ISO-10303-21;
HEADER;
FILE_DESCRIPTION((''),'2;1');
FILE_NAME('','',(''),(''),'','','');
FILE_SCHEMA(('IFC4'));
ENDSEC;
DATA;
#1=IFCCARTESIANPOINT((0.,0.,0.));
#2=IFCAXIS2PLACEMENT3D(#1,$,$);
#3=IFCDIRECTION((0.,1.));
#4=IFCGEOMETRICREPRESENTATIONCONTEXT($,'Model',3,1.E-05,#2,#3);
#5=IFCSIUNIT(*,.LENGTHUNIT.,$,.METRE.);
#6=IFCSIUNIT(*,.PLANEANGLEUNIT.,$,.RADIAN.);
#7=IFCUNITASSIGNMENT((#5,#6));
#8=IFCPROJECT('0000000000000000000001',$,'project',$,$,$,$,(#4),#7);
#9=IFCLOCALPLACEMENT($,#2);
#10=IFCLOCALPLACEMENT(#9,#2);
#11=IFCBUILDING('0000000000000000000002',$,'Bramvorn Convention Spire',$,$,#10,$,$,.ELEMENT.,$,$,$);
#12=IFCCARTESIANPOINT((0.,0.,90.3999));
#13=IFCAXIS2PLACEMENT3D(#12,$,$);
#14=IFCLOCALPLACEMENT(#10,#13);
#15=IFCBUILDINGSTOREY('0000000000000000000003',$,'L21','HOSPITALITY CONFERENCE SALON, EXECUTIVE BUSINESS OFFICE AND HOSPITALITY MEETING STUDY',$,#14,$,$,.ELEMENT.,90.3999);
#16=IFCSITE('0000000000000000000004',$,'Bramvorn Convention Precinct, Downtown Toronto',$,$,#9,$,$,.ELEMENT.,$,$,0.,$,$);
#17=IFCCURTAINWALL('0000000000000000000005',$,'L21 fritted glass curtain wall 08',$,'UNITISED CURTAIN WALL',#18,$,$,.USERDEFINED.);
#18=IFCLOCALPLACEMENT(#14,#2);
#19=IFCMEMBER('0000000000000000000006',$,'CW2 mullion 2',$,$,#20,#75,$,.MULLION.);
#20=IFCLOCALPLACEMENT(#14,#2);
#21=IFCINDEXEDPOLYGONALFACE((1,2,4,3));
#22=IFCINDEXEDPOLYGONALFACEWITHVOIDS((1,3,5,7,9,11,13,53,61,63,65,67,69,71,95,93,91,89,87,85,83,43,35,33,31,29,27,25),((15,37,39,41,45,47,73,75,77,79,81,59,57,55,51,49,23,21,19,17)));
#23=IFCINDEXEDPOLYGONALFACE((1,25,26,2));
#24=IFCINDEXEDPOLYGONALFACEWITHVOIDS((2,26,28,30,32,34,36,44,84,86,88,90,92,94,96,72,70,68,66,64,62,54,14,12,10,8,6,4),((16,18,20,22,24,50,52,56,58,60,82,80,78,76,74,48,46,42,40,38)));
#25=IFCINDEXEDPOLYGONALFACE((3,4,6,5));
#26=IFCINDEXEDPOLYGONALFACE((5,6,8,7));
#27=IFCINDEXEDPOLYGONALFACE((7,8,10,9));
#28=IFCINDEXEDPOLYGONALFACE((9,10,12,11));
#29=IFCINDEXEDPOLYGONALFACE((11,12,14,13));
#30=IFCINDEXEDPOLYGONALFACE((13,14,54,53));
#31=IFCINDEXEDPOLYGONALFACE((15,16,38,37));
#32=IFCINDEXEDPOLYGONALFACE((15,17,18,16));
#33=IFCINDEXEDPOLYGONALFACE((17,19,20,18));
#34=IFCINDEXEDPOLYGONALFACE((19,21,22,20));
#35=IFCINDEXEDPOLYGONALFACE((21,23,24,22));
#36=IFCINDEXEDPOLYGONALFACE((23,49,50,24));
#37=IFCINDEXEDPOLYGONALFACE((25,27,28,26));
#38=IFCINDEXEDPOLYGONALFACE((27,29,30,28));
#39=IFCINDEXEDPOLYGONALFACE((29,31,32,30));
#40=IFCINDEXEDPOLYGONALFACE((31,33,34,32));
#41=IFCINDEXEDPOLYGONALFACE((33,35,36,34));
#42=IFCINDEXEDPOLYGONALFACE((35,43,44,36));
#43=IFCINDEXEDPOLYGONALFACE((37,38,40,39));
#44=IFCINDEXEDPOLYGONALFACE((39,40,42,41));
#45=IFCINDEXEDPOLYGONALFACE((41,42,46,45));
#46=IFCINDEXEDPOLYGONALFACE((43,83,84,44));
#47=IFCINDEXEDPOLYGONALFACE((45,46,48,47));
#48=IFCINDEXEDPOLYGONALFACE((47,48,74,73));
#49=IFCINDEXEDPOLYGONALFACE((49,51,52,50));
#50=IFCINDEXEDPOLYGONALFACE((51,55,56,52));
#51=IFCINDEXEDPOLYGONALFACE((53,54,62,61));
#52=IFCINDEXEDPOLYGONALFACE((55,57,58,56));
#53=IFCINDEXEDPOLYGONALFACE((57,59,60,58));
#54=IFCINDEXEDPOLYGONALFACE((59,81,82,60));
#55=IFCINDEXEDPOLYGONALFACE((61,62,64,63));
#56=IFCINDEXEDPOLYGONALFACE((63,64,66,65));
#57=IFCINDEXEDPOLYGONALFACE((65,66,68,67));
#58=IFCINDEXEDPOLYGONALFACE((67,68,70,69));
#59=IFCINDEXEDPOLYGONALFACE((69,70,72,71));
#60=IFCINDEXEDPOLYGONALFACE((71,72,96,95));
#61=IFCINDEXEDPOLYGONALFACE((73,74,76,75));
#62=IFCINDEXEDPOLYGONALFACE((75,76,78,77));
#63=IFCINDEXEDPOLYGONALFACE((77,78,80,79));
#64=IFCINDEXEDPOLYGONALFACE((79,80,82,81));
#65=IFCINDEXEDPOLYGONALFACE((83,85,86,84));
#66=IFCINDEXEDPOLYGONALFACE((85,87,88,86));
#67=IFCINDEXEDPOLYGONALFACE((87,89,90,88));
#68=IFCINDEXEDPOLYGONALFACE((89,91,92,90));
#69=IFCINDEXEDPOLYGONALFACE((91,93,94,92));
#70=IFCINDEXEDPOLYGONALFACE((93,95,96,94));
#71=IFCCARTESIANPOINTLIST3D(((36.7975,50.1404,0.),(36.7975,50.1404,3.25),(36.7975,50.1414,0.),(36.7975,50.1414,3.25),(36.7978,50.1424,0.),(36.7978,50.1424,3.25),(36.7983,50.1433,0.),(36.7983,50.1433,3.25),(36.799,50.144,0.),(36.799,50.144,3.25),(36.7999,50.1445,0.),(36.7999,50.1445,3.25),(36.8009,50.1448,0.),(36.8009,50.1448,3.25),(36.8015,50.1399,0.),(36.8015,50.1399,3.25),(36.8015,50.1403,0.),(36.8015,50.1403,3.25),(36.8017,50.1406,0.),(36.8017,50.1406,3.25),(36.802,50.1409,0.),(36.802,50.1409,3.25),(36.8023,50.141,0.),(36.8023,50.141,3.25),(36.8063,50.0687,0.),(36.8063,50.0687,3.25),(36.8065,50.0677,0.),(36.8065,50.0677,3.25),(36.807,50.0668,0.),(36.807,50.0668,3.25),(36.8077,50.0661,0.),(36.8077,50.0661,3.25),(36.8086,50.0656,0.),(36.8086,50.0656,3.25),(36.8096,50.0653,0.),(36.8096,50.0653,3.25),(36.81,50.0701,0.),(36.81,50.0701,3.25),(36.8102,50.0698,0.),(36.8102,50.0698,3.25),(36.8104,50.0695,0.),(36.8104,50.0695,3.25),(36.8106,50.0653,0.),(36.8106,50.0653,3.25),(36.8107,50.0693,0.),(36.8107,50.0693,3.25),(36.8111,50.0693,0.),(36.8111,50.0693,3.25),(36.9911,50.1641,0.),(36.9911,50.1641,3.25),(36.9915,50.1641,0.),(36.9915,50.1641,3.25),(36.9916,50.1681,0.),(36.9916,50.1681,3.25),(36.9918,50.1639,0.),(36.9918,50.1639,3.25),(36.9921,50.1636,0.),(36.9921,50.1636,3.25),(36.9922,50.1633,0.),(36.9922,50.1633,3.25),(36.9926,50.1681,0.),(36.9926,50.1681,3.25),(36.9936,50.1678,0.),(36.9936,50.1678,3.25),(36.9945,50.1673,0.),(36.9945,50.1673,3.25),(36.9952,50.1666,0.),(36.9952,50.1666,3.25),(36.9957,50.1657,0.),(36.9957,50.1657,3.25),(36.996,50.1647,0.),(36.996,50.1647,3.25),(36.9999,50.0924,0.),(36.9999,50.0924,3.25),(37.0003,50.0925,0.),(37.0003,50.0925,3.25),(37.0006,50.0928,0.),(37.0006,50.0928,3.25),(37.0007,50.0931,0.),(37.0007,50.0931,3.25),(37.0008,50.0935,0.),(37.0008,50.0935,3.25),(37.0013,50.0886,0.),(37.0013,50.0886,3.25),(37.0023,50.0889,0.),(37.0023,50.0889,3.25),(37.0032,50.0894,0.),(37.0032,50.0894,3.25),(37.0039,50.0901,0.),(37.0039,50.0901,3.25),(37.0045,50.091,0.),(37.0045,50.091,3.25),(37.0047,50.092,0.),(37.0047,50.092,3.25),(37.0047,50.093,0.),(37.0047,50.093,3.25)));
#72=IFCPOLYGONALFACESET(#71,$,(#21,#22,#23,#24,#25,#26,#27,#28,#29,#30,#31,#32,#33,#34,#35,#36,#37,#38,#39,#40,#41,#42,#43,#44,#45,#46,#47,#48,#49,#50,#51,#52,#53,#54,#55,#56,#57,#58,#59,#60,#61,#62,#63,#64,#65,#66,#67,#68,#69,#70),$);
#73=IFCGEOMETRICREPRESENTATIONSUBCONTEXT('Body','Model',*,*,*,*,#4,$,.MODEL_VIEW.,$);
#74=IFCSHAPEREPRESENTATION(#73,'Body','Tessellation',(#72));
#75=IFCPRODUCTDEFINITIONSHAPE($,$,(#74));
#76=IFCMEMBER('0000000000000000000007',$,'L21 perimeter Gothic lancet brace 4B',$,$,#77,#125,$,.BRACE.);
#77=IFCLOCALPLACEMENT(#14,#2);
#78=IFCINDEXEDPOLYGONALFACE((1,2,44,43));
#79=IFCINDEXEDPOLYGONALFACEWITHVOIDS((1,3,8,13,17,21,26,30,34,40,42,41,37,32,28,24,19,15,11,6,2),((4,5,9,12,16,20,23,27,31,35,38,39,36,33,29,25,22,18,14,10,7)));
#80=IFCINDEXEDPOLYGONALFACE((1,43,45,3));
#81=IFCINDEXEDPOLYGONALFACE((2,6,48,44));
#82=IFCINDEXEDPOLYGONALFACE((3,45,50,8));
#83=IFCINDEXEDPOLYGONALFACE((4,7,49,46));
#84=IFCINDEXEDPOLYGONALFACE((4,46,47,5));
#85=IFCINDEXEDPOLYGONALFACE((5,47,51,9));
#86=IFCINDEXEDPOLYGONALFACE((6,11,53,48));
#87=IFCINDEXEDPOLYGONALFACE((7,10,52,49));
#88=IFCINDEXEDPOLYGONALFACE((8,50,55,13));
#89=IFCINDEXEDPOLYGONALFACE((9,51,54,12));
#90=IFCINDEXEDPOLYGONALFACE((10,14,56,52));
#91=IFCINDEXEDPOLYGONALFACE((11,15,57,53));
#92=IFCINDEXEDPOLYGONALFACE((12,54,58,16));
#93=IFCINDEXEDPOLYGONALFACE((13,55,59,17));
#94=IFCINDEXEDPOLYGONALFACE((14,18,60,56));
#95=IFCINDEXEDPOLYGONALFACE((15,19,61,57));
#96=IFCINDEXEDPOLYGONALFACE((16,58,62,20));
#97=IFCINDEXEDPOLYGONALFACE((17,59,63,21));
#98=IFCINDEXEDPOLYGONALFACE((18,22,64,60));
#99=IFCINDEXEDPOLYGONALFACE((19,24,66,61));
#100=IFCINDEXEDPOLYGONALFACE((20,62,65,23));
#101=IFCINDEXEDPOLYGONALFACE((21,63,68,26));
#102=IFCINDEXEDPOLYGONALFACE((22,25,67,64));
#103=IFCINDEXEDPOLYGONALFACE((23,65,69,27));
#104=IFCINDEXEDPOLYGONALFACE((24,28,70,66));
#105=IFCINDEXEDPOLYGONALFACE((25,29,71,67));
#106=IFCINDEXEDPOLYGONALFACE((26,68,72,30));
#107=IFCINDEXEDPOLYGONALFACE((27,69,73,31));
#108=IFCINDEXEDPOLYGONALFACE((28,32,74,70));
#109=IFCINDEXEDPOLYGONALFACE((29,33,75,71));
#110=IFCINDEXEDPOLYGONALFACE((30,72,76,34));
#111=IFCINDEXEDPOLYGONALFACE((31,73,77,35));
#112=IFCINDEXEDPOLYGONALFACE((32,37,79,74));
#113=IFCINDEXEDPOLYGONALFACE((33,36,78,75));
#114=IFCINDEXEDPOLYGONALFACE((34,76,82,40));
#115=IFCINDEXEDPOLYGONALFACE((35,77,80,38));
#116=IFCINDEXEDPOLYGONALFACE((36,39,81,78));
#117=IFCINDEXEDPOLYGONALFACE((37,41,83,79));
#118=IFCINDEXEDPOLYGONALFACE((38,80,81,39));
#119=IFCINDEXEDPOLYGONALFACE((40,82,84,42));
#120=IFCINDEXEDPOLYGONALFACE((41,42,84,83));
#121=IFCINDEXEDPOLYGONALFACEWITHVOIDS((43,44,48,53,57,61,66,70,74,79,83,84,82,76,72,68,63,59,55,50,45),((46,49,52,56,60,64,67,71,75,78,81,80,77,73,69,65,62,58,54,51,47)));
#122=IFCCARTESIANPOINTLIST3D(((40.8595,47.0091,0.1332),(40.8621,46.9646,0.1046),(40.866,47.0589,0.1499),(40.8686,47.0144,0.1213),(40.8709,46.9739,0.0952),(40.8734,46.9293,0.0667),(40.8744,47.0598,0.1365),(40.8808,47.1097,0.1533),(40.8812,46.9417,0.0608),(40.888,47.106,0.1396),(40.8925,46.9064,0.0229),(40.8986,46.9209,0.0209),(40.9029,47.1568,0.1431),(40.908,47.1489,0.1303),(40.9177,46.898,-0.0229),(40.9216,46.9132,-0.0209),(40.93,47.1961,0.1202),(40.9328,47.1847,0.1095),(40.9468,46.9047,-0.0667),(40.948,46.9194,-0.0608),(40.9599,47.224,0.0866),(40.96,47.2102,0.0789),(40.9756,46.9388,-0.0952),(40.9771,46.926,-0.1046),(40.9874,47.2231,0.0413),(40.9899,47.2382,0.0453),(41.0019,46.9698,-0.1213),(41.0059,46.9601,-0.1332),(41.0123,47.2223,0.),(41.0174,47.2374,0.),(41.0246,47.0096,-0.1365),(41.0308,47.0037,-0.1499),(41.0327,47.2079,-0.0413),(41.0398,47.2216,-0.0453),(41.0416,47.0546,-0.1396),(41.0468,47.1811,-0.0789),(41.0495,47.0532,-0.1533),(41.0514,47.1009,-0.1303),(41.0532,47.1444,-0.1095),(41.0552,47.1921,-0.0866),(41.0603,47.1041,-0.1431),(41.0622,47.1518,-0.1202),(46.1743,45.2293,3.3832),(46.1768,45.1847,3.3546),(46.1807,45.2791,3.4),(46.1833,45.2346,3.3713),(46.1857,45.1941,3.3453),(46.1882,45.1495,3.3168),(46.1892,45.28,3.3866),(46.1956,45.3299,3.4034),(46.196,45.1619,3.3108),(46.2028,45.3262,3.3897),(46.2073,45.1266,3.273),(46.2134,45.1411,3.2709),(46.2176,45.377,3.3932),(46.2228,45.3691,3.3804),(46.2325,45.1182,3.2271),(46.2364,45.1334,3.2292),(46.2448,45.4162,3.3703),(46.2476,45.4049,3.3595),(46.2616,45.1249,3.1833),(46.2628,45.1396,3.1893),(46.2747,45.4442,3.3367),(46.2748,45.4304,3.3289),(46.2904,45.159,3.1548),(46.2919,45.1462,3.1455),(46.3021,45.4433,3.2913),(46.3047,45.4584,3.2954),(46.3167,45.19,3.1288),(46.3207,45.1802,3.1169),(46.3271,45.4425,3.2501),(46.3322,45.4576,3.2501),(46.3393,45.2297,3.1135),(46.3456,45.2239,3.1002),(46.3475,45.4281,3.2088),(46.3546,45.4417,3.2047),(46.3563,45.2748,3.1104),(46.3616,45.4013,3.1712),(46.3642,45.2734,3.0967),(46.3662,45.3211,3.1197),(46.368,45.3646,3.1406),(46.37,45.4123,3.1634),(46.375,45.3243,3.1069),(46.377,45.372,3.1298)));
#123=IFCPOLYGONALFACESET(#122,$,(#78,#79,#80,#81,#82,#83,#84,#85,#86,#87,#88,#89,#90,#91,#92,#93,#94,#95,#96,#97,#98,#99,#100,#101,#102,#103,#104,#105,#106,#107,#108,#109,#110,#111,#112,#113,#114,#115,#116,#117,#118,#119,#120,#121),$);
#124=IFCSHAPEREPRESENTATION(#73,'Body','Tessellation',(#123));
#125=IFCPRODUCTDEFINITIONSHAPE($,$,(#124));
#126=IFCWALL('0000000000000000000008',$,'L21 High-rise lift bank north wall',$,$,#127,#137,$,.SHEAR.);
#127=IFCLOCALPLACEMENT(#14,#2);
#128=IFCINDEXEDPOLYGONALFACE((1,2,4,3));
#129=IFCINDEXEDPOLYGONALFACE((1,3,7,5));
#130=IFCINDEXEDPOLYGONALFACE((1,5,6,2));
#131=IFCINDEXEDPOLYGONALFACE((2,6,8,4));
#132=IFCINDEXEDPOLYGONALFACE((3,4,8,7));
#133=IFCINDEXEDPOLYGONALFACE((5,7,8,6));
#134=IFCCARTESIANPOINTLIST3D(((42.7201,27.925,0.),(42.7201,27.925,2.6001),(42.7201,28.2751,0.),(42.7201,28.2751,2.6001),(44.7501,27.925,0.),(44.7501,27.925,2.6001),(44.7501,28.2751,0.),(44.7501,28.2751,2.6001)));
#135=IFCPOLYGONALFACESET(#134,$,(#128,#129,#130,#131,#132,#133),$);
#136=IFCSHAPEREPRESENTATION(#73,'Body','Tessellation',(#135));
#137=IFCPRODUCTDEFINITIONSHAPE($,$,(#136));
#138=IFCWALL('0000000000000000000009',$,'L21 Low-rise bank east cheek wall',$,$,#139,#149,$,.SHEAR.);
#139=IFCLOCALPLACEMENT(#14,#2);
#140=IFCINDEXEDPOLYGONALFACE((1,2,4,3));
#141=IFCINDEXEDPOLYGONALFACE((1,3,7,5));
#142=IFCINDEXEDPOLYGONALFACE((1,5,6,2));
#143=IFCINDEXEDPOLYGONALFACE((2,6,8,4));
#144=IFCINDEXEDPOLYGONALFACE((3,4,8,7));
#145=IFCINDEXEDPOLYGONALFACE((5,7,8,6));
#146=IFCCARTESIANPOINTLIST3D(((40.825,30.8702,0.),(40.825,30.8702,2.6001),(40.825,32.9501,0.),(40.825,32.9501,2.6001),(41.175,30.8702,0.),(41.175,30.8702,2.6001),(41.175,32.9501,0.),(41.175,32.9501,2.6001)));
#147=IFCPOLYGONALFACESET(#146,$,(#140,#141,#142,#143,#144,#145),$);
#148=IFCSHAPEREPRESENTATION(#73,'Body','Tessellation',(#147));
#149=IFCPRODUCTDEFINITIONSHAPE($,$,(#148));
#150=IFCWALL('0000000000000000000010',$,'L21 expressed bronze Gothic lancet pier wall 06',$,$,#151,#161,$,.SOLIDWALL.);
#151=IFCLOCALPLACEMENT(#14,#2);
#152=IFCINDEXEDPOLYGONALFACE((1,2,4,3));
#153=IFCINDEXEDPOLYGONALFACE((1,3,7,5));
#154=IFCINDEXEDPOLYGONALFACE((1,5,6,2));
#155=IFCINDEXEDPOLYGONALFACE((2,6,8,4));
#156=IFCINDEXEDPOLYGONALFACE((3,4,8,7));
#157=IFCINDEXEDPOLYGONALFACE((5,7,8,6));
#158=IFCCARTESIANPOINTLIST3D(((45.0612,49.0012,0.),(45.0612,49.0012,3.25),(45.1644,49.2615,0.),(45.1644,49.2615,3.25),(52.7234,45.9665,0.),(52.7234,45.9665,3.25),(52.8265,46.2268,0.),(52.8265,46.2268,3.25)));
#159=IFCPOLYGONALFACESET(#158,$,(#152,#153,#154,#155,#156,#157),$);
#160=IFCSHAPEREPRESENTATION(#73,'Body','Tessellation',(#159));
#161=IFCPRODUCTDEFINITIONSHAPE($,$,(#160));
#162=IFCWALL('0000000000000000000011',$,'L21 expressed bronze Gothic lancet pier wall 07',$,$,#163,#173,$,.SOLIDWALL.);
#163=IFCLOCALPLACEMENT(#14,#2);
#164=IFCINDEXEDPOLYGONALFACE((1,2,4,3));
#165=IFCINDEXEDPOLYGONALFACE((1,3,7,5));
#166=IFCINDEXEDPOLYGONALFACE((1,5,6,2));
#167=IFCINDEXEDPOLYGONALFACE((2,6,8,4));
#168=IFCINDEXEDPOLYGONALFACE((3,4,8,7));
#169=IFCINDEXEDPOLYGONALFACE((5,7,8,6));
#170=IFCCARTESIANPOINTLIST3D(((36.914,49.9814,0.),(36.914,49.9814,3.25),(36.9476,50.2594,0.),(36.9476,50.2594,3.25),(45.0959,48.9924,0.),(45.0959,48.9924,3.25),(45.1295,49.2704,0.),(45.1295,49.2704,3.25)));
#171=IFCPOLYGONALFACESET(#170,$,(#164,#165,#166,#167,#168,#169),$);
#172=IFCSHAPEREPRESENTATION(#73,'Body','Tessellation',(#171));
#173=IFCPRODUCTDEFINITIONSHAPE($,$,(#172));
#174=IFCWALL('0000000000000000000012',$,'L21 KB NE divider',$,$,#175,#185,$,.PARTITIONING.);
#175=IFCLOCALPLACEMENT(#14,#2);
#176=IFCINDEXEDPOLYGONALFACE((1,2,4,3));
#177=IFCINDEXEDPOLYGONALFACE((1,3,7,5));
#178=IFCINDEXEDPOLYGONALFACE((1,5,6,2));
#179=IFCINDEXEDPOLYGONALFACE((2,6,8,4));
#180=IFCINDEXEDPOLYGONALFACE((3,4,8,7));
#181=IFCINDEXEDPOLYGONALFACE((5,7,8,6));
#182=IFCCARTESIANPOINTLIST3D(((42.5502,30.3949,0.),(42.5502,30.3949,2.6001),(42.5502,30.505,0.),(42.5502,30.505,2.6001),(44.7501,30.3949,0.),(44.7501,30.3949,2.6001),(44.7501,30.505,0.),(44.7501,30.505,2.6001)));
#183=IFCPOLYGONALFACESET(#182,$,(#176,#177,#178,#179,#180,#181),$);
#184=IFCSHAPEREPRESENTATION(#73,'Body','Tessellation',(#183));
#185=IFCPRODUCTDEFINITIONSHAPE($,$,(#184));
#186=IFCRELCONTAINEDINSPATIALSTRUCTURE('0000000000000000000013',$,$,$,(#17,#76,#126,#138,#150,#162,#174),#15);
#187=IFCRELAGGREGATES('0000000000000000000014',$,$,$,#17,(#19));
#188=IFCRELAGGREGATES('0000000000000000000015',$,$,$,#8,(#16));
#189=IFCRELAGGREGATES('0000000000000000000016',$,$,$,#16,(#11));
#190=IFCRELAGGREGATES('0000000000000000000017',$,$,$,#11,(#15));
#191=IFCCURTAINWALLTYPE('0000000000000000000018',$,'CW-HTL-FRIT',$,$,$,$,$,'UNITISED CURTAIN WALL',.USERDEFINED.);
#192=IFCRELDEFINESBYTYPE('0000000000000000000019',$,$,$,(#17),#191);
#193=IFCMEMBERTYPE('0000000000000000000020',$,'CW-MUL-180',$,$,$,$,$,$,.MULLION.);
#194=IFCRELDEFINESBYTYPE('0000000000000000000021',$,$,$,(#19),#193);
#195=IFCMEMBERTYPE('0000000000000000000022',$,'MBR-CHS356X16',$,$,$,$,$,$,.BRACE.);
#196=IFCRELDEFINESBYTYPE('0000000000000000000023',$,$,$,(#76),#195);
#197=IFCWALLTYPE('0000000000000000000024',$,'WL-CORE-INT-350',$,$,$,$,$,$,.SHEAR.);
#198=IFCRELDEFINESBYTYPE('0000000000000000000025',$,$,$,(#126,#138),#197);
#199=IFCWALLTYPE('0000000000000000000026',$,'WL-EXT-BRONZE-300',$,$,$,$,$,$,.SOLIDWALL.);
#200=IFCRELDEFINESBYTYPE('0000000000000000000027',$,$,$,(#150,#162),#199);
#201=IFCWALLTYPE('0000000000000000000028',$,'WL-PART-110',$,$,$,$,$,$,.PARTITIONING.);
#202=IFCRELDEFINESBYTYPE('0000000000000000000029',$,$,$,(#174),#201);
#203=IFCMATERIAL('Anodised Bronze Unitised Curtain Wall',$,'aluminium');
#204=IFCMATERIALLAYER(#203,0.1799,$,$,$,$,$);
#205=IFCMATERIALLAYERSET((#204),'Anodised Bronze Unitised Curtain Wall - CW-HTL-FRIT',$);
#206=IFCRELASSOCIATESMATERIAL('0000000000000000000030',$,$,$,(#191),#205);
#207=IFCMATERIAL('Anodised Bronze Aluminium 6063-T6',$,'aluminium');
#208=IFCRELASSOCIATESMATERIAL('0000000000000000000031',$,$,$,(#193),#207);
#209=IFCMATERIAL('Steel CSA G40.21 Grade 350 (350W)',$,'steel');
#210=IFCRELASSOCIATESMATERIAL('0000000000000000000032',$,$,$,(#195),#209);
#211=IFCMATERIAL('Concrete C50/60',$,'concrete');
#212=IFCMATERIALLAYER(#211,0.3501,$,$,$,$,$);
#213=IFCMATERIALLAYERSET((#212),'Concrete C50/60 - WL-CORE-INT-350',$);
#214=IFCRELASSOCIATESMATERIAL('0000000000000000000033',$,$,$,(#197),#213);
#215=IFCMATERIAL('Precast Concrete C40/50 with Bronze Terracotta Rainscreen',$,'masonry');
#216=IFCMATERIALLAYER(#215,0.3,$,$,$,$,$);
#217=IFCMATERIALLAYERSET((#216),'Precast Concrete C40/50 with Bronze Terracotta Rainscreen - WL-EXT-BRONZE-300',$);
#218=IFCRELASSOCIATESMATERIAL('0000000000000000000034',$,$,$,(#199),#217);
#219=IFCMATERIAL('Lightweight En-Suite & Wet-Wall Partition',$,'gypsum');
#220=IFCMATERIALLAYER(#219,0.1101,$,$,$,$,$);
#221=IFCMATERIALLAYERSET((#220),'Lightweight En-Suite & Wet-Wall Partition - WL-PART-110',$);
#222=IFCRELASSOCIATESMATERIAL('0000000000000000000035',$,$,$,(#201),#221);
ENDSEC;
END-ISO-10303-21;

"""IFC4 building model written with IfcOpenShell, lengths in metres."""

from ifc_helpers import new_model, si_unit, direction, frame, frame_2d, origin, origin_2d, place, context, subcontext, project, spatial, rectangle, hollow_rectangle, hollow_circle, extrude, material, layer, layer_set, material_profile, profile_set, type_object, element, aggregate, save


model = new_model("IFC4")

# Units and contexts
model_context = context("Model", 3, precision=1e-05, world=origin(), true_north=direction((0.0, 1.0)))
body_context = subcontext(model_context, "Body", "Model", "MODEL_VIEW")
ifc_project = project(units=[si_unit("LENGTHUNIT", "METRE"), si_unit("PLANEANGLEUNIT", "RADIAN")], contexts=[model_context])

# Site, building, storey
site_placement = place(None, origin())
site = spatial("IfcSite", under=ifc_project, at=site_placement, Name="Bramvorn Convention Precinct, Downtown Toronto", CompositionType="ELEMENT", RefElevation=0.0)
building_placement = place(site_placement, origin())
building = spatial("IfcBuilding", under=site, at=building_placement, Name="Bramvorn Convention Spire", CompositionType="ELEMENT")
storey_placement = place(building_placement, frame((0.0, 0.0, 90.3999)))
storey = spatial("IfcBuildingStorey", under=building, at=storey_placement, Name="L21", Description="HOSPITALITY CONFERENCE SALON, EXECUTIVE BUSINESS OFFICE AND HOSPITALITY MEETING STUDY", CompositionType="ELEMENT", Elevation=90.3999)

# Shared definitions
ifc_material_1 = material(Name="Steel CSA G40.21 Grade 350 (350W)", Category="steel")

# Curtain wall, member
ifc_material_2 = material(Name="Anodised Bronze Unitised Curtain Wall", Category="aluminium")
ifc_layer_1 = layer(ifc_material_2, 0.1799)
ifc_layer_set_1 = layer_set([ifc_layer_1], Name="Anodised Bronze Unitised Curtain Wall - CW-HTL-FRIT")
curtain_wall_type = type_object("IfcCurtainWallType", Name="CW-HTL-FRIT", ElementType="UNITISED CURTAIN WALL", PredefinedType="USERDEFINED", material=ifc_layer_set_1)
curtain_wall_placement = place(storey_placement, origin())
curtain_wall = element("IfcCurtainWall", 1, at=curtain_wall_placement, inside=storey, type_object=curtain_wall_type, Name="L21 fritted glass curtain wall 08", ObjectType="UNITISED CURTAIN WALL", PredefinedType="USERDEFINED")
ifc_material_3 = material(Name="Anodised Bronze Aluminium 6063-T6", Category="aluminium")
ifc_material_profile_1 = material_profile(ifc_material_3, hollow_rectangle(XDim=0.0801, YDim=0.2, WallThickness=0.0039, InnerFilletRadius=0.001, OuterFilletRadius=0.0039, at=origin_2d()))
ifc_profile_set_1 = profile_set([ifc_material_profile_1], Name="Anodised Bronze Aluminium 6063-T6 - CWM80X200")
member_type_1 = type_object("IfcMemberType", Name="CW-MUL-180", PredefinedType="MULLION", material=ifc_profile_set_1)
member_1_placement = place(storey_placement, frame((36.9011, 50.1167, 0.0), z_axis=(0.0, 0.0, 1.0), x_axis=(-0.121445, 0.992598, 0.0)))
member_1 = element("IfcMember", 2, at=member_1_placement, type_object=member_type_1, Name="CW2 mullion 2", PredefinedType="MULLION", context=body_context, shape_type="SweptSolid", body=[
    extrude(hollow_rectangle(XDim=0.0801, YDim=0.2, WallThickness=0.0039, InnerFilletRadius=0.001, OuterFilletRadius=0.0039, at=origin_2d()), origin(), (0.0, 0.0, 1.0), 3.25),
])
aggregate(curtain_wall, [member_1])

# Member
ifc_material_profile_2 = material_profile(ifc_material_1, hollow_circle(Radius=0.1777, WallThickness=0.0159, at=origin_2d()))
ifc_profile_set_2 = profile_set([ifc_material_profile_2], Name="Steel CSA G40.21 Grade 350 (350W) - CHS356X16")
member_type_2 = type_object("IfcMemberType", Name="MBR-CHS356X16", PredefinedType="BRACE", material=ifc_profile_set_2)
member_2_placement = place(storey_placement, frame((40.9609, 47.0688, 0.0), z_axis=(0.820309, -0.274705, 0.501628), x_axis=(0.317547, 0.948242, 0.0)))
element("IfcMember", 3, at=member_2_placement, inside=storey, type_object=member_type_2, Name="L21 perimeter Gothic lancet brace 4B", PredefinedType="BRACE", context=body_context, shape_type="SweptSolid", body=[
    extrude(hollow_circle(Radius=0.1777, WallThickness=0.0159, at=origin_2d()), origin(), (0.0, 0.0, 1.0), 6.479),
])

# Shared definitions
ifc_material_4 = material(Name="Concrete C50/60", Category="concrete")
ifc_layer_2 = layer(ifc_material_4, 0.3501)
ifc_layer_set_2 = layer_set([ifc_layer_2], Name="Concrete C50/60 - WL-CORE-INT-350")
wall_type_1 = type_object("IfcWallType", Name="WL-CORE-INT-350", PredefinedType="SHEAR", material=ifc_layer_set_2)

# Wall
wall_1_placement = place(storey_placement, frame((42.72, 28.1001, 0.0), z_axis=(0.0, 0.0, 1.0), x_axis=(1.0, 0.0, 0.0)))
element("IfcWall", 4, at=wall_1_placement, inside=storey, type_object=wall_type_1, Name="L21 High-rise lift bank north wall", PredefinedType="SHEAR", context=body_context, shape_type="SweptSolid", body=[
    extrude(rectangle(XDim=2.03, YDim=0.3501, at=frame_2d((1.0151, 0.0))), origin(), (0.0, 0.0, 1.0), 2.6001),
])

# Walls
wall_2_placement = place(storey_placement, frame((41.0, 30.8701, 0.0), z_axis=(0.0, 0.0, 1.0), x_axis=(0.0, 1.0, 0.0)))
element("IfcWall", 5, at=wall_2_placement, inside=storey, type_object=wall_type_1, Name="L21 Low-rise bank east cheek wall", PredefinedType="SHEAR", context=body_context, shape_type="SweptSolid", body=[
    extrude(rectangle(XDim=2.0798, YDim=0.3501, at=frame_2d((1.04, 0.0))), origin(), (0.0, 0.0, 1.0), 2.6001),
])
ifc_material_5 = material(Name="Precast Concrete C40/50 with Bronze Terracotta Rainscreen", Category="masonry")
ifc_layer_3 = layer(ifc_material_5, 0.3)
ifc_layer_set_3 = layer_set([ifc_layer_3], Name="Precast Concrete C40/50 with Bronze Terracotta Rainscreen - WL-EXT-BRONZE-300")
wall_type_2 = type_object("IfcWallType", Name="WL-EXT-BRONZE-300", PredefinedType="SOLIDWALL", material=ifc_layer_set_3)
wall_3_placement = place(storey_placement, frame((45.1128, 49.1313, 0.0), z_axis=(0.0, 0.0, 1.0), x_axis=(0.929734, -0.368232, 0.0)))
element("IfcWall", 6, at=wall_3_placement, inside=storey, type_object=wall_type_2, Name="L21 expressed bronze Gothic lancet pier wall 06", PredefinedType="SOLIDWALL", context=body_context, shape_type="SweptSolid", body=[
    extrude(rectangle(XDim=8.2412, YDim=0.28, at=frame_2d((4.1206, 0.0))), origin(), (0.0, 0.0, 1.0), 3.25),
])
wall_4_placement = place(storey_placement, frame((36.9309, 50.1204, 0.0), z_axis=(0.0, 0.0, 1.0), x_axis=(0.992773, -0.120005, 0.0)))
element("IfcWall", 7, at=wall_4_placement, inside=storey, type_object=wall_type_2, Name="L21 expressed bronze Gothic lancet pier wall 07", PredefinedType="SOLIDWALL", context=body_context, shape_type="SweptSolid", body=[
    extrude(rectangle(XDim=8.2415, YDim=0.28, at=frame_2d((4.1206, 0.0))), origin(), (0.0, 0.0, 1.0), 3.25),
])
ifc_material_6 = material(Name="Lightweight En-Suite & Wet-Wall Partition", Category="gypsum")
ifc_layer_4 = layer(ifc_material_6, 0.1101)
ifc_layer_set_4 = layer_set([ifc_layer_4], Name="Lightweight En-Suite & Wet-Wall Partition - WL-PART-110")
wall_type_3 = type_object("IfcWallType", Name="WL-PART-110", PredefinedType="PARTITIONING", material=ifc_layer_set_4)
wall_5_placement = place(storey_placement, frame((42.55, 30.45, 0.0), z_axis=(0.0, 0.0, 1.0), x_axis=(1.0, 0.0, 0.0)))
element("IfcWall", 8, at=wall_5_placement, inside=storey, type_object=wall_type_3, Name="L21 KB NE divider", PredefinedType="PARTITIONING", context=body_context, shape_type="SweptSolid", body=[
    extrude(rectangle(XDim=2.2, YDim=0.1101, at=frame_2d((1.1001, 0.0))), origin(), (0.0, 0.0, 1.0), 2.6001),
])

save(model, "model.ifc")
